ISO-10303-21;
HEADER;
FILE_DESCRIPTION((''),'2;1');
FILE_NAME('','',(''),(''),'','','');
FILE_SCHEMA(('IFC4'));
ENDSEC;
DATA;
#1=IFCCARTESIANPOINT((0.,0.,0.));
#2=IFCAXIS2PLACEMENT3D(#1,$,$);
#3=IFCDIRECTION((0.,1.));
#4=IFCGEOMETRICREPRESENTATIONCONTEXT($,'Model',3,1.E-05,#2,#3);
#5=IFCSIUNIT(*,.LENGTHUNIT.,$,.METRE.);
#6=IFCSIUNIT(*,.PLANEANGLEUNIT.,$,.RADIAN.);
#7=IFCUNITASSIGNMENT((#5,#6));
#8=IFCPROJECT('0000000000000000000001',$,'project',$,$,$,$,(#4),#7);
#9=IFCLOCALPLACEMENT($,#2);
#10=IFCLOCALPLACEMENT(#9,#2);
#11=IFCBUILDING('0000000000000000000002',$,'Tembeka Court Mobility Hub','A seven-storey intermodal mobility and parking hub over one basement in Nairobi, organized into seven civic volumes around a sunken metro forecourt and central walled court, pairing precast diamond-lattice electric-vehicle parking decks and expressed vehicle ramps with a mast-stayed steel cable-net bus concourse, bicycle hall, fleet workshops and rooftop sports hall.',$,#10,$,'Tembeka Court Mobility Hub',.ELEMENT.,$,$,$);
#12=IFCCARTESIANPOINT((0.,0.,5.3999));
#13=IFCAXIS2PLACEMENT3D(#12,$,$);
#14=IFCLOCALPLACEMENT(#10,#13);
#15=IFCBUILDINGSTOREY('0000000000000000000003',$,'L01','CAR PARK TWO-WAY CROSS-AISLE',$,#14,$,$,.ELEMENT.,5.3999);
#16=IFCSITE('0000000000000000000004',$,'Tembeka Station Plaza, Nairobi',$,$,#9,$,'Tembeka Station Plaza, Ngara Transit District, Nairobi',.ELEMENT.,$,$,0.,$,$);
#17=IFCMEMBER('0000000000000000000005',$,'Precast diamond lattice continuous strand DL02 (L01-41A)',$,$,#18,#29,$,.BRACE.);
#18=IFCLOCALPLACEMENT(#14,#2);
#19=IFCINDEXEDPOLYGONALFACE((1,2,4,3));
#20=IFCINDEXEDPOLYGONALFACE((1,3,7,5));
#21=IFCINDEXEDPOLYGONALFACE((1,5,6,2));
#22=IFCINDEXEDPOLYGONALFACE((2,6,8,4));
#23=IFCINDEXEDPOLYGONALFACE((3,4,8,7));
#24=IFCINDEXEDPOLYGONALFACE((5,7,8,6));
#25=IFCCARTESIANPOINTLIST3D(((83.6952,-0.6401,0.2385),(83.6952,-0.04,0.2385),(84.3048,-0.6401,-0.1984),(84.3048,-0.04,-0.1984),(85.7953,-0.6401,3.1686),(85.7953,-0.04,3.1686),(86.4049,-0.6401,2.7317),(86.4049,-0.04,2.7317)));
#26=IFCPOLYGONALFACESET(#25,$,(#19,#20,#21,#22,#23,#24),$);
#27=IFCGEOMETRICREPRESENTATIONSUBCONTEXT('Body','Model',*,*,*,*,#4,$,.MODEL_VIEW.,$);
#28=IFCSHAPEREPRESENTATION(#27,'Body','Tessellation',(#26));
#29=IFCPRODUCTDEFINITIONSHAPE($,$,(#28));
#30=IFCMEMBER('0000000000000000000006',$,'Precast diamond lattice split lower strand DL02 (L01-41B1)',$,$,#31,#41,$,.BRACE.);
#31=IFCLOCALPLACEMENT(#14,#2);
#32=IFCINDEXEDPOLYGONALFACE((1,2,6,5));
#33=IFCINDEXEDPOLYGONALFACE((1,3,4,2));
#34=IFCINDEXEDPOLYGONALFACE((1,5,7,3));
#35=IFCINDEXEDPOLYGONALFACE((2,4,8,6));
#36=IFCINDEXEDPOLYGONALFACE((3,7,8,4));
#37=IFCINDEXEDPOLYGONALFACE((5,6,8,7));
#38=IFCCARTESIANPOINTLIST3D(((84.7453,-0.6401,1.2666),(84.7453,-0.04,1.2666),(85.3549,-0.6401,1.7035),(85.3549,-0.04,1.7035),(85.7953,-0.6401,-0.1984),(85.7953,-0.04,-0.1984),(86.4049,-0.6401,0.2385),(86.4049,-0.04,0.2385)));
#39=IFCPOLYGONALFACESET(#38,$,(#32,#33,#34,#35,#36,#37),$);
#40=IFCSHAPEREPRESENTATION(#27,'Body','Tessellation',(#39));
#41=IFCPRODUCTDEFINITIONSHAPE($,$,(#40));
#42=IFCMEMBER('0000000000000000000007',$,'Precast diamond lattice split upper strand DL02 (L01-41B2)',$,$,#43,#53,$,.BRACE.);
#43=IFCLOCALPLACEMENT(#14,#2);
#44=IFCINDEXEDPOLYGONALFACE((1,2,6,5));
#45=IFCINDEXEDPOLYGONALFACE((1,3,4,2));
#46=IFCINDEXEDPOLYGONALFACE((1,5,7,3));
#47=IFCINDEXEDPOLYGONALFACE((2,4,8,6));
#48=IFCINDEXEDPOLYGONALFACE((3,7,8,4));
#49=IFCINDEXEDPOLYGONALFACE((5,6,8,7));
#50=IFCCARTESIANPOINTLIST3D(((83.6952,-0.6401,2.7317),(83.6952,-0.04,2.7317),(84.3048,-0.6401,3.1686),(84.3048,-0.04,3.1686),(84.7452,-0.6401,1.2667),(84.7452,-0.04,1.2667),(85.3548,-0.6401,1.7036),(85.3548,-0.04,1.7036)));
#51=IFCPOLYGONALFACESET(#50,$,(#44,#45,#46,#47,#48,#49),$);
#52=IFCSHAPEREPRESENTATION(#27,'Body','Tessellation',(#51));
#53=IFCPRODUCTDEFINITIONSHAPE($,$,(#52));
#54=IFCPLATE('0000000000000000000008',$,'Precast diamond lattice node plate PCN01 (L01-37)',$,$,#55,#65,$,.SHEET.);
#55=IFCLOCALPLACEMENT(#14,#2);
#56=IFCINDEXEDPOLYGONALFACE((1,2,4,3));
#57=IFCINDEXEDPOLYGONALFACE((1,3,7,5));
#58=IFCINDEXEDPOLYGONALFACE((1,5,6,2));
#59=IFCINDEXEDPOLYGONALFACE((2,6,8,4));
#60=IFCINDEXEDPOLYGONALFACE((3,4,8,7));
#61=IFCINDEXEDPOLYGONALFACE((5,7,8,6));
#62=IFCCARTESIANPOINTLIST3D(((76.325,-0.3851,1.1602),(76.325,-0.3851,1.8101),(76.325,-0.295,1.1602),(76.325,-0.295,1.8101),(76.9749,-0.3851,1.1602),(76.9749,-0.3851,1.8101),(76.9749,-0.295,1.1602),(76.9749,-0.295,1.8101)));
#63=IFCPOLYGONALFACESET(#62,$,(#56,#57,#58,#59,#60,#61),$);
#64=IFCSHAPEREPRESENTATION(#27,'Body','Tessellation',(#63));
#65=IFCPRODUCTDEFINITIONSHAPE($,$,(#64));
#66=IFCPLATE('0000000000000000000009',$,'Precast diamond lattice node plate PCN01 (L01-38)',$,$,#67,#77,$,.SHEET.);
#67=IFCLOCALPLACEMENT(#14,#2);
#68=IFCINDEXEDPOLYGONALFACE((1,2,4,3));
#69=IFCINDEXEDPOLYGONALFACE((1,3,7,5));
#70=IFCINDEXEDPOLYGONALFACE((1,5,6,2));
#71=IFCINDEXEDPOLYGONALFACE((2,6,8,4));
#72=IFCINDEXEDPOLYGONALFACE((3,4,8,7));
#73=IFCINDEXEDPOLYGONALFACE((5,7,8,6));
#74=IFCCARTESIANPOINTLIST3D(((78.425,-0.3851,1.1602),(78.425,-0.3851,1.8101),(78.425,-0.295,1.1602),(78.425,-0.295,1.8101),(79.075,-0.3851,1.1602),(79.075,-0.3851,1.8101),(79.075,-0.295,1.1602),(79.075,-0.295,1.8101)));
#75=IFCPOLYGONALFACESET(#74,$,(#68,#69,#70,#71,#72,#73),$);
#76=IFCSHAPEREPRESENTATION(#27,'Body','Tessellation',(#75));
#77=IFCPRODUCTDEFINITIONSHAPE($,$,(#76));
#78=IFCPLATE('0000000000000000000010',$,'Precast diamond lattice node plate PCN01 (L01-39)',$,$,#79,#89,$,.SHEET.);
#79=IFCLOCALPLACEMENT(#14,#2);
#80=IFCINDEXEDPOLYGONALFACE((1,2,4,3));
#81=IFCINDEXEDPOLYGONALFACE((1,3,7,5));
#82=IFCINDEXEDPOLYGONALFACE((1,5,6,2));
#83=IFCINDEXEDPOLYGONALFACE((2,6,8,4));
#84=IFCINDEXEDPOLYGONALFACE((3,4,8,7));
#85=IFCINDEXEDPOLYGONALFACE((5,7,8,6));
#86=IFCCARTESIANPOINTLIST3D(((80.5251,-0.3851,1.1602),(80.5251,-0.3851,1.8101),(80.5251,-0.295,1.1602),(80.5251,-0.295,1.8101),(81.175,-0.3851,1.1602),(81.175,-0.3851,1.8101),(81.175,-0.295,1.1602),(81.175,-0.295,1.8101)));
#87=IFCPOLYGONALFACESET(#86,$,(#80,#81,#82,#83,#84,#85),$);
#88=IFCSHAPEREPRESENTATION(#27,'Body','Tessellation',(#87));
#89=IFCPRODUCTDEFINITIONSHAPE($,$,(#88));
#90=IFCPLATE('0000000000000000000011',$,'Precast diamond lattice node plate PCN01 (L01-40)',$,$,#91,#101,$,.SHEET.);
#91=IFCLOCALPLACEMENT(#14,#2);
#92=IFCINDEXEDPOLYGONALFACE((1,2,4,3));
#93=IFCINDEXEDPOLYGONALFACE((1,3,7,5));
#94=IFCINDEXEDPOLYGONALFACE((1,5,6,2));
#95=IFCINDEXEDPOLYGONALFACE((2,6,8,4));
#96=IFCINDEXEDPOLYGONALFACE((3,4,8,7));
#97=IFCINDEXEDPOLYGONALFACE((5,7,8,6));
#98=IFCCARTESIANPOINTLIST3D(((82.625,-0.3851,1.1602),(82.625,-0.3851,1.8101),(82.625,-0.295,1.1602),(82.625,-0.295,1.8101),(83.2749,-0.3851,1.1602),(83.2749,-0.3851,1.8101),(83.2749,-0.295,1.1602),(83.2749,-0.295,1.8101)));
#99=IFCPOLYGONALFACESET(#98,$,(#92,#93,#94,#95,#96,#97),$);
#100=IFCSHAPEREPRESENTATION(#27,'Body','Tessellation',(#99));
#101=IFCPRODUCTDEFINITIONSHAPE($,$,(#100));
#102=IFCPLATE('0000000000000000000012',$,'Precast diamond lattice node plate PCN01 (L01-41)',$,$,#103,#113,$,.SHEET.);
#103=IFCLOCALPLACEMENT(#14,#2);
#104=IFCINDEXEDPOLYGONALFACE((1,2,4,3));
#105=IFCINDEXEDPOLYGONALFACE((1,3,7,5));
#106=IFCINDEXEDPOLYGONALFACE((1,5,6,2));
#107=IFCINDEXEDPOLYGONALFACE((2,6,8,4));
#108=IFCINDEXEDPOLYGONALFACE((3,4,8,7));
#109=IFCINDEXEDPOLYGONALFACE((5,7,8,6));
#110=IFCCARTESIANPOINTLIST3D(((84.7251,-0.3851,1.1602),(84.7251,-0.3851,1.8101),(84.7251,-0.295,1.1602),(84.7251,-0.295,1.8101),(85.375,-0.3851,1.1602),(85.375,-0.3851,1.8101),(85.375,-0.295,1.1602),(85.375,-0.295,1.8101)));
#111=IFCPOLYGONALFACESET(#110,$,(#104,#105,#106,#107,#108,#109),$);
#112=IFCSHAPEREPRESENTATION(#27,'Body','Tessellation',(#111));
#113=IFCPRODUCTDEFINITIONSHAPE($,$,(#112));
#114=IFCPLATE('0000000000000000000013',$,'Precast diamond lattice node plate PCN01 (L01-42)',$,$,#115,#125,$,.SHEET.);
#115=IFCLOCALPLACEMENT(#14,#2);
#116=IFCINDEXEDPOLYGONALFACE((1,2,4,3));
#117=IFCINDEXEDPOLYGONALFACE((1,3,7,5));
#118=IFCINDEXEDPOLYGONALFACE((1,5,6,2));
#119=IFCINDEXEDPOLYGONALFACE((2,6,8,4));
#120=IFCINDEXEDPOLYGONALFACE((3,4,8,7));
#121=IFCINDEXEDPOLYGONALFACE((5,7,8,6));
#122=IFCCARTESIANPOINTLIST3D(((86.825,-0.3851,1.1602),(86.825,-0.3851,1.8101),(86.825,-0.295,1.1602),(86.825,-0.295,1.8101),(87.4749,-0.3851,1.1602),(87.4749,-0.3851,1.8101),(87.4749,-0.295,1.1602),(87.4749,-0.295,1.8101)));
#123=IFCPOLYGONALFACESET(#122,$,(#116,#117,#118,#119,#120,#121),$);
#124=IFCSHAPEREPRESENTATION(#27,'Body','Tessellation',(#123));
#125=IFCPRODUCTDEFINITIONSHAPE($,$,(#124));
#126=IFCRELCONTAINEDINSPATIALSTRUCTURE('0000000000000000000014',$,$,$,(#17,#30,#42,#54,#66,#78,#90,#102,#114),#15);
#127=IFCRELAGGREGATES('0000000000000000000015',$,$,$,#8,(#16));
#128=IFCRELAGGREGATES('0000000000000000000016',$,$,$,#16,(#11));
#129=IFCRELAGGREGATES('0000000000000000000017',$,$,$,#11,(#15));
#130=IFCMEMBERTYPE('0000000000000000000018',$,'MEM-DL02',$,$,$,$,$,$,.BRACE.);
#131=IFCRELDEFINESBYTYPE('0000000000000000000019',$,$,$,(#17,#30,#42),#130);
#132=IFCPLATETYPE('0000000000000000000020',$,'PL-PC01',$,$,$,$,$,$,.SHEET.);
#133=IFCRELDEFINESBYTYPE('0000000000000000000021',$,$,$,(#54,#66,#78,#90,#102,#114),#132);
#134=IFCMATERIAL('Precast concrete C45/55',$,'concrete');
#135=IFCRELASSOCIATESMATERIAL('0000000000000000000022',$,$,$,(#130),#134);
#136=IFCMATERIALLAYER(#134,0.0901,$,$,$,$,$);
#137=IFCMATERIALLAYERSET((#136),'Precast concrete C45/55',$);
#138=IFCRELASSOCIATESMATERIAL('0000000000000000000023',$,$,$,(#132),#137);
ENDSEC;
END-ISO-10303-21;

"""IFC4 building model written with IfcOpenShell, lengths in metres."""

from ifc_helpers import new_model, si_unit, direction, frame, origin, origin_2d, place, context, subcontext, project, spatial, rectangle, extrude, material, layer, layer_set, material_profile, profile_set, type_object, element, save


model = new_model("IFC4")

# Units and contexts
model_context = context("Model", 3, precision=1e-05, world=origin(), true_north=direction((0.0, 1.0)))
body_context = subcontext(model_context, "Body", "Model", "MODEL_VIEW")
ifc_project = project(units=[si_unit("LENGTHUNIT", "METRE"), si_unit("PLANEANGLEUNIT", "RADIAN")], contexts=[model_context])

# Site, building, storey
site_placement = place(None, origin())
site = spatial("IfcSite", under=ifc_project, at=site_placement, Name="Tembeka Station Plaza, Nairobi", LongName="Tembeka Station Plaza, Ngara Transit District, Nairobi", CompositionType="ELEMENT", RefElevation=0.0)
building_placement = place(site_placement, origin())
building = spatial("IfcBuilding", under=site, at=building_placement, Name="Tembeka Court Mobility Hub", Description="A seven-storey intermodal mobility and parking hub over one basement in Nairobi, organized into seven civic volumes around a sunken metro forecourt and central walled court, pairing precast diamond-lattice electric-vehicle parking decks and expressed vehicle ramps with a mast-stayed steel cable-net bus concourse, bicycle hall, fleet workshops and rooftop sports hall.", LongName="Tembeka Court Mobility Hub", CompositionType="ELEMENT")
storey_placement = place(building_placement, frame((0.0, 0.0, 5.3999)))
storey = spatial("IfcBuildingStorey", under=building, at=storey_placement, Name="L01", Description="CAR PARK TWO-WAY CROSS-AISLE", CompositionType="ELEMENT", Elevation=5.3999)

# Members
ifc_material = material(Name="Precast concrete C45/55", Category="concrete")
ifc_material_profile_1 = material_profile(ifc_material, rectangle(XDim=0.6001, YDim=0.75, at=origin_2d()), Name="PC-DIAG 600x750")
ifc_profile_set_1 = profile_set([ifc_material_profile_1], Name="Precast concrete C45/55")
member_type_1 = type_object("IfcMemberType", Name="MEM-DL02", PredefinedType="BRACE", material=ifc_profile_set_1)
member_1_placement = place(storey_placement, frame((84.0, -0.3401, 0.02), z_axis=(0.582544, 0.0, 0.812799), x_axis=(0.0, 1.0, 0.0)))
element("IfcMember", 1, at=member_1_placement, inside=storey, type_object=member_type_1, Name="Precast diamond lattice continuous strand DL02 (L01-41A)", PredefinedType="BRACE", context=body_context, shape_type="SweptSolid", body=[
    extrude(rectangle(XDim=0.6001, YDim=0.75, at=origin_2d()), origin(), (0.0, 0.0, 1.0), 3.605),
])
for number, where, z_axis, x_axis, name in (
    (2, (86.1001, -0.3401, 0.02), (-0.582544, 0.0, 0.812799), (0.0, -1.0, 0.0), "Precast diamond lattice split lower strand DL02 (L01-41B1)"),
    (3, (85.05, -0.3401, 1.4851), (-0.582544, 0.0, 0.812799), (0.0, -1.0, 0.0), "Precast diamond lattice split upper strand DL02 (L01-41B2)"),
):
    element("IfcMember", number, at=place(storey_placement, frame(where, z_axis=z_axis, x_axis=x_axis)), inside=storey, type_object=member_type_1, Name=name, PredefinedType="BRACE", context=body_context, shape_type="SweptSolid", body=[
        extrude(rectangle(XDim=0.6001, YDim=0.75, at=origin_2d()), origin(), (0.0, 0.0, 1.0), 1.8025),
    ])

# Plates
ifc_layer = layer(ifc_material, 0.0901)
ifc_layer_set = layer_set([ifc_layer], Name="Precast concrete C45/55")
plate_type = type_object("IfcPlateType", Name="PL-PC01", PredefinedType="SHEET", material=ifc_layer_set)
for number, where, z_axis, x_axis, name in (
    (4, (76.6499, -0.3401, 1.1602), (0.0, 0.0, 1.0), (1.0, 0.0, 0.0), "Precast diamond lattice node plate PCN01 (L01-37)"),
    (5, (78.75, -0.3401, 1.1602), (0.0, 0.0, 1.0), (1.0, 0.0, 0.0), "Precast diamond lattice node plate PCN01 (L01-38)"),
    (6, (80.8501, -0.3401, 1.1602), (0.0, 0.0, 1.0), (1.0, 0.0, 0.0), "Precast diamond lattice node plate PCN01 (L01-39)"),
    (7, (82.95, -0.3401, 1.1602), (0.0, 0.0, 1.0), (1.0, 0.0, 0.0), "Precast diamond lattice node plate PCN01 (L01-40)"),
    (8, (85.05, -0.3401, 1.1602), (0.0, 0.0, 1.0), (1.0, 0.0, 0.0), "Precast diamond lattice node plate PCN01 (L01-41)"),
    (9, (87.1499, -0.3401, 1.1602), (0.0, 0.0, 1.0), (1.0, 0.0, 0.0), "Precast diamond lattice node plate PCN01 (L01-42)"),
):
    element("IfcPlate", number, at=place(storey_placement, frame(where, z_axis=z_axis, x_axis=x_axis)), inside=storey, type_object=plate_type, Name=name, PredefinedType="SHEET", context=body_context, shape_type="SweptSolid", body=[
        extrude(rectangle(XDim=0.6499, YDim=0.0901, at=origin_2d()), origin(), (0.0, 0.0, 1.0), 0.6499),
    ])

save(model, "model.ifc")
